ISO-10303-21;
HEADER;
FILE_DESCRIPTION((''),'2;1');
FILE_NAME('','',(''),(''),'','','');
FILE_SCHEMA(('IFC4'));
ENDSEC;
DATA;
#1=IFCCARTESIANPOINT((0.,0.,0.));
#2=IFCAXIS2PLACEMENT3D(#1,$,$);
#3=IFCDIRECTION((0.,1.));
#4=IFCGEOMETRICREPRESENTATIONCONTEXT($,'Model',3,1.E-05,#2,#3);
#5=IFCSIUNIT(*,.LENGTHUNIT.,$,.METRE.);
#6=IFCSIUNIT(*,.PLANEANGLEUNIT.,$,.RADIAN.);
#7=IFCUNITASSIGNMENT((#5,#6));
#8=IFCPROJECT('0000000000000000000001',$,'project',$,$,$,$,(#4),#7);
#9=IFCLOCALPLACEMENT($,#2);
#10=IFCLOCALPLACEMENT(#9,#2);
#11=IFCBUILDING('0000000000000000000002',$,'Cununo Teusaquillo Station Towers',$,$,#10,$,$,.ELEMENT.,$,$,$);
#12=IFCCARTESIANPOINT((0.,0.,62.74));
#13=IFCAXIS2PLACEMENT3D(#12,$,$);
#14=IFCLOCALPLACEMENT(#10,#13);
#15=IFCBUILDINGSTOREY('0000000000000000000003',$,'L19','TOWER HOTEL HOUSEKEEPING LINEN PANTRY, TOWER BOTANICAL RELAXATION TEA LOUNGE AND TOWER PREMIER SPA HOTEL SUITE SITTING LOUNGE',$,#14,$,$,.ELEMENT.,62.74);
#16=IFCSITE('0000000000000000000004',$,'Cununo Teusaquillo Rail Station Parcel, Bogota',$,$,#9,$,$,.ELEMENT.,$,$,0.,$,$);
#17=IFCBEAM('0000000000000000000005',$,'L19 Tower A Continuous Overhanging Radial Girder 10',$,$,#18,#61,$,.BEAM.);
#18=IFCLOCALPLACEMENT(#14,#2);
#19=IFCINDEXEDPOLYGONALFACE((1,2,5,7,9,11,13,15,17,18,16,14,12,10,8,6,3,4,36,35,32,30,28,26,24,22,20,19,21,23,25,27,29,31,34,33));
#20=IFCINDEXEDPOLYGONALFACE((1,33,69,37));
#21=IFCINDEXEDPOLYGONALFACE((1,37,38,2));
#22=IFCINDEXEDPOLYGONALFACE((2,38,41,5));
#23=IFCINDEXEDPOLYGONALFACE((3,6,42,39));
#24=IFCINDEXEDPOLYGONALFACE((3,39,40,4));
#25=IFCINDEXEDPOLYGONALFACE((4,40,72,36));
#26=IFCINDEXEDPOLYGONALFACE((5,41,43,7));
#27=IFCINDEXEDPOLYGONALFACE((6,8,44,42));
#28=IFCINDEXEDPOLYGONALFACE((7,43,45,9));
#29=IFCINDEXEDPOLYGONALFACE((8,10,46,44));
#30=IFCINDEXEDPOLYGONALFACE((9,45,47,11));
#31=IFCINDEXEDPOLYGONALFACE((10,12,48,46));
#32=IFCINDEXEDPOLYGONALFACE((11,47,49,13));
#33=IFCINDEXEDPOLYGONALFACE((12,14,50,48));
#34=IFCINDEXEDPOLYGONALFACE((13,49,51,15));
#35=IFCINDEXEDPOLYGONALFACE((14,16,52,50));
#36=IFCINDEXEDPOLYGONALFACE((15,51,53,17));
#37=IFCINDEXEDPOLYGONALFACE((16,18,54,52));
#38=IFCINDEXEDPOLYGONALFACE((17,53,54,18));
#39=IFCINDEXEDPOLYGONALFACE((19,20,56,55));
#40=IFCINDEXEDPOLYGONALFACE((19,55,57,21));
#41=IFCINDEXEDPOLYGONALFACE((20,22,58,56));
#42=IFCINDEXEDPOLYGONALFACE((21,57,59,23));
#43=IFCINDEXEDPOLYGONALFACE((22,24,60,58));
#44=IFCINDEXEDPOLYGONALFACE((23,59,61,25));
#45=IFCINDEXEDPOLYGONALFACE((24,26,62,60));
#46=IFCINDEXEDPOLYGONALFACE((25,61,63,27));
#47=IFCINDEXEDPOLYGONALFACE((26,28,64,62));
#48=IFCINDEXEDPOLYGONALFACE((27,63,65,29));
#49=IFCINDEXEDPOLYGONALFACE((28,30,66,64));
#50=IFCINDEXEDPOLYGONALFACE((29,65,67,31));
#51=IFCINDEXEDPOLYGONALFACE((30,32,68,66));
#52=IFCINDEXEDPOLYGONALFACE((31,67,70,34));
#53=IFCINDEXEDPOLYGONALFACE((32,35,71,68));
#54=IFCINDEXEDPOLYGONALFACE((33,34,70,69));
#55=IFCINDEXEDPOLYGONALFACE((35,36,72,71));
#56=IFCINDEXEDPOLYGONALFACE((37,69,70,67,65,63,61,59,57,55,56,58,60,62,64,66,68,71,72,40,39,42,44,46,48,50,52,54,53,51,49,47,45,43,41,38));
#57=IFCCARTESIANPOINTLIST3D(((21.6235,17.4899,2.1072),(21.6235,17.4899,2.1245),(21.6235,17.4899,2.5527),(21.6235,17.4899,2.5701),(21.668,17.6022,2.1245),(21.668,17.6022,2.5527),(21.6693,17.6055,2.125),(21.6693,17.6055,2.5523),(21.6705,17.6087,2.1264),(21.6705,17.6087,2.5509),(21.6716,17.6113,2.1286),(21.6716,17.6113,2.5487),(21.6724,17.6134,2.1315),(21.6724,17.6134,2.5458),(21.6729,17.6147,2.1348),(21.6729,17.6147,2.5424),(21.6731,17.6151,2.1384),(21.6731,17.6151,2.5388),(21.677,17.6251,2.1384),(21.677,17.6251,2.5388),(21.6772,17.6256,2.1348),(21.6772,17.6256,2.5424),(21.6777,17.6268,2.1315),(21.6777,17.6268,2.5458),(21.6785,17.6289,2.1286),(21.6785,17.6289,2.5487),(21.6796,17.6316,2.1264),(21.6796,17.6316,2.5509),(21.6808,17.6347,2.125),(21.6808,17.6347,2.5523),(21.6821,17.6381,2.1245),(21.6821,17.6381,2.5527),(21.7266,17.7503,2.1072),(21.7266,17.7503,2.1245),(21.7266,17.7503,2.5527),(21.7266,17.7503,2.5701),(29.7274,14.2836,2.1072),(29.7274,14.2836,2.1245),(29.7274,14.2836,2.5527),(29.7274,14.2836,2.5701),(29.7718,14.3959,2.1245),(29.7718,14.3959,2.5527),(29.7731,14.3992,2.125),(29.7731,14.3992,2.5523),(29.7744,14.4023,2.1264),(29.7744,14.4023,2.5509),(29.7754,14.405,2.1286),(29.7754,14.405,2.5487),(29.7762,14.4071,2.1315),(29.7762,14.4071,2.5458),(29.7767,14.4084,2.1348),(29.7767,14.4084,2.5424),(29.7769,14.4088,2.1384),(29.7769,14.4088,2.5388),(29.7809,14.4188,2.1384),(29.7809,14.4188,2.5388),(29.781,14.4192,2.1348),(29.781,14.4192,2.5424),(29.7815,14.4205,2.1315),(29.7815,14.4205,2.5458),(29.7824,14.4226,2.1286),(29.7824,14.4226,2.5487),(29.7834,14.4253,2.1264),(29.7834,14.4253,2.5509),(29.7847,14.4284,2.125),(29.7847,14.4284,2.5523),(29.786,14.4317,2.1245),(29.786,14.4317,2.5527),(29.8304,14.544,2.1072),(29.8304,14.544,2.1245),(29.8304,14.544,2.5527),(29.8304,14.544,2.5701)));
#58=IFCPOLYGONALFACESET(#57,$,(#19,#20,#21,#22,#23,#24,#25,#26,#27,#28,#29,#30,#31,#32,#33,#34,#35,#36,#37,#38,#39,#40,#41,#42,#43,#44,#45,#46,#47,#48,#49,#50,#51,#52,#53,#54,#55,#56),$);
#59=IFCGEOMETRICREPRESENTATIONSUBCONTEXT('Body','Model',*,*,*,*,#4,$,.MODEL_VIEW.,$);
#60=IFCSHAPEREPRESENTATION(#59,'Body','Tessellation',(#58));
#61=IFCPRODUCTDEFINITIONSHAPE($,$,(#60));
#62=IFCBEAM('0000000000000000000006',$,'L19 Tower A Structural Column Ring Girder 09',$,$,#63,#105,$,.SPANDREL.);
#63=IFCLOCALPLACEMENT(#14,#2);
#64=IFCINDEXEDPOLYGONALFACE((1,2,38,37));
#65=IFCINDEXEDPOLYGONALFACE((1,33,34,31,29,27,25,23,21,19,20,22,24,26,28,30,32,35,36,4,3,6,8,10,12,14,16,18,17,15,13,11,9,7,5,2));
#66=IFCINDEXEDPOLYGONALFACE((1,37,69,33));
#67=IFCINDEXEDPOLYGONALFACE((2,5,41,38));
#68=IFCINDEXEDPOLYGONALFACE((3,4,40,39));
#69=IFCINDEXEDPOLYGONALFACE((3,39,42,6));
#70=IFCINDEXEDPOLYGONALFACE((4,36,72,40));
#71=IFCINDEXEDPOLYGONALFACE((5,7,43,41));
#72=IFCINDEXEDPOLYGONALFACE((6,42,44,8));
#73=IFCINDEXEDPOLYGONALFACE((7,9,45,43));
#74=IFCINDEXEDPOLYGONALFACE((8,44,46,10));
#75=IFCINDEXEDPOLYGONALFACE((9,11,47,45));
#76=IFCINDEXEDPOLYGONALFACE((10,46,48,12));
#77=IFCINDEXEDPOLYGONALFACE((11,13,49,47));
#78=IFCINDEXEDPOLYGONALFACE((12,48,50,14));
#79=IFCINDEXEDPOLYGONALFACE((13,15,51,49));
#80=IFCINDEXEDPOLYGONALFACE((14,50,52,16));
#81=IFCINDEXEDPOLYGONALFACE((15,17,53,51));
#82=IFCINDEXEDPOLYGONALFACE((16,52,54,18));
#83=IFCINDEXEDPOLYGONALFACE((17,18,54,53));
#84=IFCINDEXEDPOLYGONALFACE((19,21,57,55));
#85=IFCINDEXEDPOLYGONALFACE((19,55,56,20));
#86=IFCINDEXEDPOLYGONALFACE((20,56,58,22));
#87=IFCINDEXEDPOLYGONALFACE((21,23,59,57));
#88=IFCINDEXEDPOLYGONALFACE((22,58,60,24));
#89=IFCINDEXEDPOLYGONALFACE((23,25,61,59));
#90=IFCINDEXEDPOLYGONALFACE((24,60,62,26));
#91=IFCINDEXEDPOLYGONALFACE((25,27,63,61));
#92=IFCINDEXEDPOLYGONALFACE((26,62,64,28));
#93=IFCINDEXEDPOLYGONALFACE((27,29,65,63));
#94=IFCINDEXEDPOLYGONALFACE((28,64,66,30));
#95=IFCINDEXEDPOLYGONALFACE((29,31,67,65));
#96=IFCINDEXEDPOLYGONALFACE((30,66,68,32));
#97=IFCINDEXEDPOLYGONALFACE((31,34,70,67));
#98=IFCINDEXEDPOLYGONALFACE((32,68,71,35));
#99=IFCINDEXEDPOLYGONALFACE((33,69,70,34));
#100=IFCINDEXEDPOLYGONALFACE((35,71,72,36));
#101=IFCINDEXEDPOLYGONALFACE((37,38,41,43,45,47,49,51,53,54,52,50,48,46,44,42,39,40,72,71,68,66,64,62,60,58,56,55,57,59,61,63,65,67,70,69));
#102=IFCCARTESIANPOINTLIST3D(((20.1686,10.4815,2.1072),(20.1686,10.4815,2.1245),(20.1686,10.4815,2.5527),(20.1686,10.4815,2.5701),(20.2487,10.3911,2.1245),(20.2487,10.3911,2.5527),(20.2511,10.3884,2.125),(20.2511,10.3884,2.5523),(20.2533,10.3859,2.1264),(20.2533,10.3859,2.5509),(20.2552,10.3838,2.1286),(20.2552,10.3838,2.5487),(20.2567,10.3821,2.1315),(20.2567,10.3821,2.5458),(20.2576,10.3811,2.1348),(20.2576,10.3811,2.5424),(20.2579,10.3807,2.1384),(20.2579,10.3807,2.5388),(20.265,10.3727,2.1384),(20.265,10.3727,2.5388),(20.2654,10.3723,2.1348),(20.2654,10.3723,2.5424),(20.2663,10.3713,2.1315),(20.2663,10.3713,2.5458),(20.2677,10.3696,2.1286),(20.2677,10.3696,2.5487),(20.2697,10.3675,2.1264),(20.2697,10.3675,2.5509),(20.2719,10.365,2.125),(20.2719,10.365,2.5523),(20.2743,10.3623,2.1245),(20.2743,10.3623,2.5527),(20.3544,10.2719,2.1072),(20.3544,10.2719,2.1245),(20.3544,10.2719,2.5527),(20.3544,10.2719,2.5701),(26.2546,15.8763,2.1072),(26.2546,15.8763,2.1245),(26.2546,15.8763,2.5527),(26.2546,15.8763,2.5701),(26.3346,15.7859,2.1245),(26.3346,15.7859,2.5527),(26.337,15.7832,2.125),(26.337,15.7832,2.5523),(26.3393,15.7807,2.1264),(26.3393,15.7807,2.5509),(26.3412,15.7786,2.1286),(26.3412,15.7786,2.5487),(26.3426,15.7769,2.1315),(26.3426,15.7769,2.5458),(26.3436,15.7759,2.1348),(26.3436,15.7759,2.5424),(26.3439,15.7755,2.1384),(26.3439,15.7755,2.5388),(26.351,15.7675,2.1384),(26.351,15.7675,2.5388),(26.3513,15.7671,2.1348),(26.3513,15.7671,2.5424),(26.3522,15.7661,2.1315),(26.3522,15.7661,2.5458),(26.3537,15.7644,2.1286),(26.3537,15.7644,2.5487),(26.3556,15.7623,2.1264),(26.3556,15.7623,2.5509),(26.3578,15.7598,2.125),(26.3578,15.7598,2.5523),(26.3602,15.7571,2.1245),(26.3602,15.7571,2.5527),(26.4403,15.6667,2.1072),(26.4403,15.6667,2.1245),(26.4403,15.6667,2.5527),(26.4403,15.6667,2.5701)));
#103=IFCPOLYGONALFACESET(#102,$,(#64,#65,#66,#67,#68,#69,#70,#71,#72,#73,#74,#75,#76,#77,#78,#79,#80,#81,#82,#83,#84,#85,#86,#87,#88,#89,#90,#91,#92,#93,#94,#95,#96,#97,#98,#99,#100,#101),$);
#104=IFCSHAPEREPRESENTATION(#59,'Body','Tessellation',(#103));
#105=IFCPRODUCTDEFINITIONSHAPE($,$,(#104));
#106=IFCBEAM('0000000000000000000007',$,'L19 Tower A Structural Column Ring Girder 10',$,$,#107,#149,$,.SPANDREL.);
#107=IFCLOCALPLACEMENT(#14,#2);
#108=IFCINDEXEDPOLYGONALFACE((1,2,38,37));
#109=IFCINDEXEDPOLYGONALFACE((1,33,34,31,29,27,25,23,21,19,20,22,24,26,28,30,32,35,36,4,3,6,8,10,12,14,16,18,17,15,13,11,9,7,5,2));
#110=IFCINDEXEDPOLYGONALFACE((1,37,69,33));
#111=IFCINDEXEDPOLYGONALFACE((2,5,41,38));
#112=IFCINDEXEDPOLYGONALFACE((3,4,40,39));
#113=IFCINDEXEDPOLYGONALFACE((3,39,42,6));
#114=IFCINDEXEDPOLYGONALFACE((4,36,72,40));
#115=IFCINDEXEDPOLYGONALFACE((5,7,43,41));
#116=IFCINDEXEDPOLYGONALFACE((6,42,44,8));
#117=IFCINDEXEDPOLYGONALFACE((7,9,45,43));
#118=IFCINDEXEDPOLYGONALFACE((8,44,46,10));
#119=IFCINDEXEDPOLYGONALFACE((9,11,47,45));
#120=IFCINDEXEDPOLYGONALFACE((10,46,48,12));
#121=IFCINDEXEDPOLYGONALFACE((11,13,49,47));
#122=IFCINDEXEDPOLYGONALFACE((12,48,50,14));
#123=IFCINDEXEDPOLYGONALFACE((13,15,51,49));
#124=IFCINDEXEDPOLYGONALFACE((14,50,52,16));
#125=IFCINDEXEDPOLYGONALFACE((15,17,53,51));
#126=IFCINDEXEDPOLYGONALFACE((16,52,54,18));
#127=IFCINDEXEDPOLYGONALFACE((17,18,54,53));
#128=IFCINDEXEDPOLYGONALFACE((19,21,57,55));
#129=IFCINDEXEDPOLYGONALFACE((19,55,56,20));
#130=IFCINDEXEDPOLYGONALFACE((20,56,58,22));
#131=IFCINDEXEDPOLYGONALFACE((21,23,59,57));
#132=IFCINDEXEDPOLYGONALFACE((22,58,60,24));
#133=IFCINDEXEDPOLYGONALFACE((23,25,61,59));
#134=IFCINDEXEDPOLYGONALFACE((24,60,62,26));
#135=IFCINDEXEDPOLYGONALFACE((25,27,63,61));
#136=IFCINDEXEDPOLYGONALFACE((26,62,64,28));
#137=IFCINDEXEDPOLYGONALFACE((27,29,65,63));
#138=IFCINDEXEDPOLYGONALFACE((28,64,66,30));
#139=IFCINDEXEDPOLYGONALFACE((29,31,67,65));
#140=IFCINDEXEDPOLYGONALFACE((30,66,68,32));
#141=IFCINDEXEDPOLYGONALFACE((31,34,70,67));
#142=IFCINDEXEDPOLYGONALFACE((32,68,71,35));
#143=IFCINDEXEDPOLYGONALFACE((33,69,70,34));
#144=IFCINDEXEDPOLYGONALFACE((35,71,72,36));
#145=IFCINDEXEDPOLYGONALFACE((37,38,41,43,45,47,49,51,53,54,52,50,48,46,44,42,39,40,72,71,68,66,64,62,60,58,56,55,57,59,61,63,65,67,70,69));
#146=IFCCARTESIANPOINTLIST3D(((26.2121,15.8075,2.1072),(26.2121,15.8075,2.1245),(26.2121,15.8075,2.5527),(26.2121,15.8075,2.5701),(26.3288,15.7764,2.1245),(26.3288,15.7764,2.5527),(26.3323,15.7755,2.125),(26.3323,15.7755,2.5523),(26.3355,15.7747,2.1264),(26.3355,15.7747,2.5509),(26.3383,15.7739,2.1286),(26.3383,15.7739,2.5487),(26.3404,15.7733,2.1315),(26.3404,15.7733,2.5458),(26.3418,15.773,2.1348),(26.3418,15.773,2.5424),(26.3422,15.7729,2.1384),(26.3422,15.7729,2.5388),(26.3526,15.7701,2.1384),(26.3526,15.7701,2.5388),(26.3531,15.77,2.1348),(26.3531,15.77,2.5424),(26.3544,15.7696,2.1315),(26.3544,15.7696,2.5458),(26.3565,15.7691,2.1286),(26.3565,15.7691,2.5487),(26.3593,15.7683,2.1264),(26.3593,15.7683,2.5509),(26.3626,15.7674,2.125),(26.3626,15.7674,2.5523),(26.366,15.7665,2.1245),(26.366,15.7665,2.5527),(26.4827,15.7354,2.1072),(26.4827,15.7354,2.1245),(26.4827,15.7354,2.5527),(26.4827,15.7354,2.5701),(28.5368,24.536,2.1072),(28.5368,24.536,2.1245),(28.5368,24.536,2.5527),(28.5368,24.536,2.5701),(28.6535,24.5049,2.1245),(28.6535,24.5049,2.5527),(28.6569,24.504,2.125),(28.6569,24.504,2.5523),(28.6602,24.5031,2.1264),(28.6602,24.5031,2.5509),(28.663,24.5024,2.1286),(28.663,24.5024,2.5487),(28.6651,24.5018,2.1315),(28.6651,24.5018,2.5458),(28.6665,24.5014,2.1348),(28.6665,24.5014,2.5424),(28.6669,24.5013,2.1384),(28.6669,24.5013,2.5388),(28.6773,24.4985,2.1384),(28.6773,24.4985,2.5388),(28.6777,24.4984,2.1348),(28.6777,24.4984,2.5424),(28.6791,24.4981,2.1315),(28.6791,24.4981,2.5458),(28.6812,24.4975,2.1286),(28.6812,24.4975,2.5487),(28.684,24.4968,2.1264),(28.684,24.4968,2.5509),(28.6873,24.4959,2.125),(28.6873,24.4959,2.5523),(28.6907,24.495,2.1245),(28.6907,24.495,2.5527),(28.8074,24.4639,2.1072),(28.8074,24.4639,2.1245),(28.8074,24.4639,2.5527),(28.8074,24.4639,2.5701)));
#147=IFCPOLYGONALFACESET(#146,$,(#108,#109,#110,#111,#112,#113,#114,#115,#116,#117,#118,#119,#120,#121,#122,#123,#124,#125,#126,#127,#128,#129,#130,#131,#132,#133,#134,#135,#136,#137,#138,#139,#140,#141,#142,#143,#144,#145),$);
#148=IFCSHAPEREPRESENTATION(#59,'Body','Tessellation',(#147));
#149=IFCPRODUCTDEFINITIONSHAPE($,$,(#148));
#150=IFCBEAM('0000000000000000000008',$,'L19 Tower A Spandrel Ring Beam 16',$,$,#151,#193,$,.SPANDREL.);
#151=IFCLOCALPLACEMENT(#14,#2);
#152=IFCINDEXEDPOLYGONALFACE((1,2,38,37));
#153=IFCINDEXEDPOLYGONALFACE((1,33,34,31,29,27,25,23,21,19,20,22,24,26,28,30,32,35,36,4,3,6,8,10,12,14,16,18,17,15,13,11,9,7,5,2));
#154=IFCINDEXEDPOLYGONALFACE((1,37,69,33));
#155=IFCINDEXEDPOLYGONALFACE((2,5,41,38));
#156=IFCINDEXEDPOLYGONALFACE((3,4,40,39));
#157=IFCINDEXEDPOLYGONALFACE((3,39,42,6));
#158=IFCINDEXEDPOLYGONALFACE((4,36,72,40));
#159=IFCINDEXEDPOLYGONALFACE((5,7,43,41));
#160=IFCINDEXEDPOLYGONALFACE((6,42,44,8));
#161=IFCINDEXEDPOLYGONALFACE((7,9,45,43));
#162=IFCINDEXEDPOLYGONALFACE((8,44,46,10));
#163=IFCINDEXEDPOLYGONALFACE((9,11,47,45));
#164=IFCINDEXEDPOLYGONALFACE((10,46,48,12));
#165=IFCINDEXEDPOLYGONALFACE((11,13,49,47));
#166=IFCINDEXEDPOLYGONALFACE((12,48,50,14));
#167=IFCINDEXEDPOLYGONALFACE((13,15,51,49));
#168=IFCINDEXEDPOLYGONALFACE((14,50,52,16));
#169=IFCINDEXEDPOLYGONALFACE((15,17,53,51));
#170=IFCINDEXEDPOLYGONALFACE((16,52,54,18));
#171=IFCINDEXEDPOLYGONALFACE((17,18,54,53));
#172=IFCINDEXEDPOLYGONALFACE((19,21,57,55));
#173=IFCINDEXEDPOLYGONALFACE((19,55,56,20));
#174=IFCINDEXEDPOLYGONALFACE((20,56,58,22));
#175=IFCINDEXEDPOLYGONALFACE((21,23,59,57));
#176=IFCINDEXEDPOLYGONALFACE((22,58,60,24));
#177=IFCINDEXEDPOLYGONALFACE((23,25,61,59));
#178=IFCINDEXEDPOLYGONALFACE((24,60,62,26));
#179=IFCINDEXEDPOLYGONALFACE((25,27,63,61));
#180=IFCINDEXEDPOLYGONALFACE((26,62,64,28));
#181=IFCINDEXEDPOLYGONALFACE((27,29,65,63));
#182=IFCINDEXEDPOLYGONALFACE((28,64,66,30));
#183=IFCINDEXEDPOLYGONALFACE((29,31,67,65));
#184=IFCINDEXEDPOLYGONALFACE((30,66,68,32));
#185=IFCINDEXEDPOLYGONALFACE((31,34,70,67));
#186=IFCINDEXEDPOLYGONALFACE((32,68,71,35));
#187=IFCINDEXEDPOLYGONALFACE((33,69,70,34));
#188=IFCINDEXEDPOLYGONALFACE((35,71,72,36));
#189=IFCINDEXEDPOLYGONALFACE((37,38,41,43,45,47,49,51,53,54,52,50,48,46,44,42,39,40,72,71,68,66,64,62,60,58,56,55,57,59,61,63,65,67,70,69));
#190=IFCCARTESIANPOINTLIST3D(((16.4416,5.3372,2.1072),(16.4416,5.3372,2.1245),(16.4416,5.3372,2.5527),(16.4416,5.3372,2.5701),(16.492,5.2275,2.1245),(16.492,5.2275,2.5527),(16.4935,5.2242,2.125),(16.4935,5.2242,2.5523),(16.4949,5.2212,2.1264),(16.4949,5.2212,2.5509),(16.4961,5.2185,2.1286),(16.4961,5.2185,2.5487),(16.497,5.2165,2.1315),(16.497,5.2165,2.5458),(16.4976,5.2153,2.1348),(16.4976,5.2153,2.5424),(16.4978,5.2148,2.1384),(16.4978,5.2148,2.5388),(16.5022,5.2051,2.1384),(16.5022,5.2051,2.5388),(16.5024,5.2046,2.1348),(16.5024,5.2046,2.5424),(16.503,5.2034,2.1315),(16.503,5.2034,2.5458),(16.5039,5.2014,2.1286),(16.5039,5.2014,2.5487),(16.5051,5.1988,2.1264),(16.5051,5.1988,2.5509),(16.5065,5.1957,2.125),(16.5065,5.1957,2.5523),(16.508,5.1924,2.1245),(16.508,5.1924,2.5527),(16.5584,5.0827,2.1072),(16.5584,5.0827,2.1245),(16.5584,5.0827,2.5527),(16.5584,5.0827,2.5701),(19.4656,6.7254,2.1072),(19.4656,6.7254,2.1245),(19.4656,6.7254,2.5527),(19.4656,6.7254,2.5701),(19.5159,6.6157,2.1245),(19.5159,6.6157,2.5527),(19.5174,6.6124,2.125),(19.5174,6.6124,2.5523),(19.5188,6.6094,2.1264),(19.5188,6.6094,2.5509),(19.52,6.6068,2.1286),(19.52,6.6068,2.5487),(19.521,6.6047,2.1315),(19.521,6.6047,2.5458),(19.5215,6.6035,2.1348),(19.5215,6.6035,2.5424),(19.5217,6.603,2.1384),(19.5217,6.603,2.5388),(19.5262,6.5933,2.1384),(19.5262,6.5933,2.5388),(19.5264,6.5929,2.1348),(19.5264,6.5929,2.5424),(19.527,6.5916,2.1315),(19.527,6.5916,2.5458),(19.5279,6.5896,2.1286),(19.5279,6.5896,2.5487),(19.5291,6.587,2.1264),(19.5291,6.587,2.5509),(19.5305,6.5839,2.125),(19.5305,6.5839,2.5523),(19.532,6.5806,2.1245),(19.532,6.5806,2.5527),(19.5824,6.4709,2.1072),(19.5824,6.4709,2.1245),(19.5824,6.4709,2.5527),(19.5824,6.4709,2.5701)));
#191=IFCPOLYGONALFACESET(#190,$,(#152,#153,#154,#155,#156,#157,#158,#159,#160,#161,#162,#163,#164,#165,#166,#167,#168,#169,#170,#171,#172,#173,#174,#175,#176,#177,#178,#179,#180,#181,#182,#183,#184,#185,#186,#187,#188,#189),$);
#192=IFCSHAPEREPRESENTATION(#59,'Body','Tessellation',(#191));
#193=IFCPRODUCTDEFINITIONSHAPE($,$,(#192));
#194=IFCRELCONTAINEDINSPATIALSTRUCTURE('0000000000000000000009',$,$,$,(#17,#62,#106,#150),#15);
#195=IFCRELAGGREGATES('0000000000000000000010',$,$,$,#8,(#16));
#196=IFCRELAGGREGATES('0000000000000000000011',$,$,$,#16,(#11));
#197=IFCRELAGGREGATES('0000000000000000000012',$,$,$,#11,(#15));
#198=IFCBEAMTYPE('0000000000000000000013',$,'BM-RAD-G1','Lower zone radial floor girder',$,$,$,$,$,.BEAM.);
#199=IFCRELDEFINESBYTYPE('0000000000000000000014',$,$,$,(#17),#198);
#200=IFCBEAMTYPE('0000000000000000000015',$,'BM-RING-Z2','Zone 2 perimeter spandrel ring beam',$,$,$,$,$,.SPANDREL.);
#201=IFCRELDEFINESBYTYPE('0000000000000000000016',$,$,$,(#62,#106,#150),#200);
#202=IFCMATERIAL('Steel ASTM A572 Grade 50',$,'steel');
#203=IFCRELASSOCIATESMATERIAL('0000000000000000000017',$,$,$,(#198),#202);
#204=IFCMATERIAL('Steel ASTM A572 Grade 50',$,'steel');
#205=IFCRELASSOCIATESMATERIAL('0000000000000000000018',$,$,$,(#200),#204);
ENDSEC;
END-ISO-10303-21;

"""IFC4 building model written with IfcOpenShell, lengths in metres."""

from ifc_helpers import new_model, si_unit, direction, frame, origin, origin_2d, place, context, subcontext, project, spatial, i_section, extrude, material, material_profile, profile_set, type_object, element, save


model = new_model("IFC4")

# Units and contexts
model_context = context("Model", 3, precision=1e-05, world=origin(), true_north=direction((0.0, 1.0)))
body_context = subcontext(model_context, "Body", "Model", "MODEL_VIEW")
ifc_project = project(units=[si_unit("LENGTHUNIT", "METRE"), si_unit("PLANEANGLEUNIT", "RADIAN")], contexts=[model_context])

# Site, building, storey
site_placement = place(None, origin())
site = spatial("IfcSite", under=ifc_project, at=site_placement, Name="Cununo Teusaquillo Rail Station Parcel, Bogota", CompositionType="ELEMENT", RefElevation=0.0)
building_placement = place(site_placement, origin())
building = spatial("IfcBuilding", under=site, at=building_placement, Name="Cununo Teusaquillo Station Towers", CompositionType="ELEMENT")
storey_placement = place(building_placement, frame((0.0, 0.0, 62.74)))
storey = spatial("IfcBuildingStorey", under=building, at=storey_placement, Name="L19", Description="TOWER HOTEL HOUSEKEEPING LINEN PANTRY, TOWER BOTANICAL RELAXATION TEA LOUNGE AND TOWER PREMIER SPA HOTEL SUITE SITTING LOUNGE", CompositionType="ELEMENT", Elevation=62.74)

# Beams
ifc_material_1 = material(Name="Steel ASTM A572 Grade 50", Category="steel")
ifc_material_profile_1 = material_profile(ifc_material_1, i_section(OverallWidth=0.28, OverallDepth=0.4629, WebThickness=0.0107, FlangeThickness=0.0173, FilletRadius=0.0139, at=origin_2d()), Name="W18X76")
ifc_profile_set_1 = profile_set([ifc_material_profile_1], Name="Steel ASTM A572 Grade 50")
beam_type_1 = type_object("IfcBeamType", Name="BM-RAD-G1", Description="Lower zone radial floor girder", PredefinedType="BEAM", material=ifc_profile_set_1)
beam_1_placement = place(storey_placement, frame((21.675, 17.6201, 2.3386), z_axis=(0.929863, -0.367906, 0.0), x_axis=(0.367906, 0.929863, 0.0)))
element("IfcBeam", 1, at=beam_1_placement, inside=storey, type_object=beam_type_1, Name="L19 Tower A Continuous Overhanging Radial Girder 10", PredefinedType="BEAM", context=body_context, shape_type="SweptSolid", body=[
    extrude(i_section(OverallWidth=0.28, OverallDepth=0.4629, WebThickness=0.0107, FlangeThickness=0.0173, FilletRadius=0.0139, at=origin_2d()), origin(), (0.0, 0.0, 1.0), 8.7151),
])
ifc_material_2 = material(Name="Steel ASTM A572 Grade 50", Category="steel")
ifc_material_profile_2 = material_profile(ifc_material_2, i_section(OverallWidth=0.28, OverallDepth=0.4629, WebThickness=0.0107, FlangeThickness=0.0173, FilletRadius=0.0139, at=origin_2d()), Name="W18X76")
ifc_profile_set_2 = profile_set([ifc_material_profile_2], Name="Steel ASTM A572 Grade 50")
beam_type_2 = type_object("IfcBeamType", Name="BM-RING-Z2", Description="Zone 2 perimeter spandrel ring beam", PredefinedType="SPANDREL", material=ifc_profile_set_2)
beam_2_placement = place(storey_placement, frame((20.2615, 10.3767, 2.3386), z_axis=(0.748321, 0.663337, 0.0), x_axis=(-0.663337, 0.748321, 0.0)))
element("IfcBeam", 2, at=beam_2_placement, inside=storey, type_object=beam_type_2, Name="L19 Tower A Structural Column Ring Girder 09", PredefinedType="SPANDREL", context=body_context, shape_type="SweptSolid", body=[
    extrude(i_section(OverallWidth=0.28, OverallDepth=0.4629, WebThickness=0.0107, FlangeThickness=0.0173, FilletRadius=0.0139, at=origin_2d()), origin(), (0.0, 0.0, 1.0), 8.1328),
])
beam_3_placement = place(storey_placement, frame((26.3474, 15.7715, 2.3386), z_axis=(0.257363, 0.966315, 0.0), x_axis=(-0.966315, 0.257363, 0.0)))
element("IfcBeam", 3, at=beam_3_placement, inside=storey, type_object=beam_type_2, Name="L19 Tower A Structural Column Ring Girder 10", PredefinedType="SPANDREL", context=body_context, shape_type="SweptSolid", body=[
    extrude(i_section(OverallWidth=0.28, OverallDepth=0.4629, WebThickness=0.0107, FlangeThickness=0.0173, FilletRadius=0.0139, at=origin_2d()), origin(), (0.0, 0.0, 1.0), 9.0327),
])
beam_4_placement = place(storey_placement, frame((16.5, 5.21, 2.3386), z_axis=(0.908812, 0.417205, 0.0), x_axis=(-0.417205, 0.908812, 0.0)))
element("IfcBeam", 4, at=beam_4_placement, inside=storey, type_object=beam_type_2, Name="L19 Tower A Spandrel Ring Beam 16", PredefinedType="SPANDREL", context=body_context, shape_type="SweptSolid", body=[
    extrude(i_section(OverallWidth=0.28, OverallDepth=0.4629, WebThickness=0.0107, FlangeThickness=0.0173, FilletRadius=0.0139, at=origin_2d()), origin(), (0.0, 0.0, 1.0), 3.3274),
])

save(model, "model.ifc")
